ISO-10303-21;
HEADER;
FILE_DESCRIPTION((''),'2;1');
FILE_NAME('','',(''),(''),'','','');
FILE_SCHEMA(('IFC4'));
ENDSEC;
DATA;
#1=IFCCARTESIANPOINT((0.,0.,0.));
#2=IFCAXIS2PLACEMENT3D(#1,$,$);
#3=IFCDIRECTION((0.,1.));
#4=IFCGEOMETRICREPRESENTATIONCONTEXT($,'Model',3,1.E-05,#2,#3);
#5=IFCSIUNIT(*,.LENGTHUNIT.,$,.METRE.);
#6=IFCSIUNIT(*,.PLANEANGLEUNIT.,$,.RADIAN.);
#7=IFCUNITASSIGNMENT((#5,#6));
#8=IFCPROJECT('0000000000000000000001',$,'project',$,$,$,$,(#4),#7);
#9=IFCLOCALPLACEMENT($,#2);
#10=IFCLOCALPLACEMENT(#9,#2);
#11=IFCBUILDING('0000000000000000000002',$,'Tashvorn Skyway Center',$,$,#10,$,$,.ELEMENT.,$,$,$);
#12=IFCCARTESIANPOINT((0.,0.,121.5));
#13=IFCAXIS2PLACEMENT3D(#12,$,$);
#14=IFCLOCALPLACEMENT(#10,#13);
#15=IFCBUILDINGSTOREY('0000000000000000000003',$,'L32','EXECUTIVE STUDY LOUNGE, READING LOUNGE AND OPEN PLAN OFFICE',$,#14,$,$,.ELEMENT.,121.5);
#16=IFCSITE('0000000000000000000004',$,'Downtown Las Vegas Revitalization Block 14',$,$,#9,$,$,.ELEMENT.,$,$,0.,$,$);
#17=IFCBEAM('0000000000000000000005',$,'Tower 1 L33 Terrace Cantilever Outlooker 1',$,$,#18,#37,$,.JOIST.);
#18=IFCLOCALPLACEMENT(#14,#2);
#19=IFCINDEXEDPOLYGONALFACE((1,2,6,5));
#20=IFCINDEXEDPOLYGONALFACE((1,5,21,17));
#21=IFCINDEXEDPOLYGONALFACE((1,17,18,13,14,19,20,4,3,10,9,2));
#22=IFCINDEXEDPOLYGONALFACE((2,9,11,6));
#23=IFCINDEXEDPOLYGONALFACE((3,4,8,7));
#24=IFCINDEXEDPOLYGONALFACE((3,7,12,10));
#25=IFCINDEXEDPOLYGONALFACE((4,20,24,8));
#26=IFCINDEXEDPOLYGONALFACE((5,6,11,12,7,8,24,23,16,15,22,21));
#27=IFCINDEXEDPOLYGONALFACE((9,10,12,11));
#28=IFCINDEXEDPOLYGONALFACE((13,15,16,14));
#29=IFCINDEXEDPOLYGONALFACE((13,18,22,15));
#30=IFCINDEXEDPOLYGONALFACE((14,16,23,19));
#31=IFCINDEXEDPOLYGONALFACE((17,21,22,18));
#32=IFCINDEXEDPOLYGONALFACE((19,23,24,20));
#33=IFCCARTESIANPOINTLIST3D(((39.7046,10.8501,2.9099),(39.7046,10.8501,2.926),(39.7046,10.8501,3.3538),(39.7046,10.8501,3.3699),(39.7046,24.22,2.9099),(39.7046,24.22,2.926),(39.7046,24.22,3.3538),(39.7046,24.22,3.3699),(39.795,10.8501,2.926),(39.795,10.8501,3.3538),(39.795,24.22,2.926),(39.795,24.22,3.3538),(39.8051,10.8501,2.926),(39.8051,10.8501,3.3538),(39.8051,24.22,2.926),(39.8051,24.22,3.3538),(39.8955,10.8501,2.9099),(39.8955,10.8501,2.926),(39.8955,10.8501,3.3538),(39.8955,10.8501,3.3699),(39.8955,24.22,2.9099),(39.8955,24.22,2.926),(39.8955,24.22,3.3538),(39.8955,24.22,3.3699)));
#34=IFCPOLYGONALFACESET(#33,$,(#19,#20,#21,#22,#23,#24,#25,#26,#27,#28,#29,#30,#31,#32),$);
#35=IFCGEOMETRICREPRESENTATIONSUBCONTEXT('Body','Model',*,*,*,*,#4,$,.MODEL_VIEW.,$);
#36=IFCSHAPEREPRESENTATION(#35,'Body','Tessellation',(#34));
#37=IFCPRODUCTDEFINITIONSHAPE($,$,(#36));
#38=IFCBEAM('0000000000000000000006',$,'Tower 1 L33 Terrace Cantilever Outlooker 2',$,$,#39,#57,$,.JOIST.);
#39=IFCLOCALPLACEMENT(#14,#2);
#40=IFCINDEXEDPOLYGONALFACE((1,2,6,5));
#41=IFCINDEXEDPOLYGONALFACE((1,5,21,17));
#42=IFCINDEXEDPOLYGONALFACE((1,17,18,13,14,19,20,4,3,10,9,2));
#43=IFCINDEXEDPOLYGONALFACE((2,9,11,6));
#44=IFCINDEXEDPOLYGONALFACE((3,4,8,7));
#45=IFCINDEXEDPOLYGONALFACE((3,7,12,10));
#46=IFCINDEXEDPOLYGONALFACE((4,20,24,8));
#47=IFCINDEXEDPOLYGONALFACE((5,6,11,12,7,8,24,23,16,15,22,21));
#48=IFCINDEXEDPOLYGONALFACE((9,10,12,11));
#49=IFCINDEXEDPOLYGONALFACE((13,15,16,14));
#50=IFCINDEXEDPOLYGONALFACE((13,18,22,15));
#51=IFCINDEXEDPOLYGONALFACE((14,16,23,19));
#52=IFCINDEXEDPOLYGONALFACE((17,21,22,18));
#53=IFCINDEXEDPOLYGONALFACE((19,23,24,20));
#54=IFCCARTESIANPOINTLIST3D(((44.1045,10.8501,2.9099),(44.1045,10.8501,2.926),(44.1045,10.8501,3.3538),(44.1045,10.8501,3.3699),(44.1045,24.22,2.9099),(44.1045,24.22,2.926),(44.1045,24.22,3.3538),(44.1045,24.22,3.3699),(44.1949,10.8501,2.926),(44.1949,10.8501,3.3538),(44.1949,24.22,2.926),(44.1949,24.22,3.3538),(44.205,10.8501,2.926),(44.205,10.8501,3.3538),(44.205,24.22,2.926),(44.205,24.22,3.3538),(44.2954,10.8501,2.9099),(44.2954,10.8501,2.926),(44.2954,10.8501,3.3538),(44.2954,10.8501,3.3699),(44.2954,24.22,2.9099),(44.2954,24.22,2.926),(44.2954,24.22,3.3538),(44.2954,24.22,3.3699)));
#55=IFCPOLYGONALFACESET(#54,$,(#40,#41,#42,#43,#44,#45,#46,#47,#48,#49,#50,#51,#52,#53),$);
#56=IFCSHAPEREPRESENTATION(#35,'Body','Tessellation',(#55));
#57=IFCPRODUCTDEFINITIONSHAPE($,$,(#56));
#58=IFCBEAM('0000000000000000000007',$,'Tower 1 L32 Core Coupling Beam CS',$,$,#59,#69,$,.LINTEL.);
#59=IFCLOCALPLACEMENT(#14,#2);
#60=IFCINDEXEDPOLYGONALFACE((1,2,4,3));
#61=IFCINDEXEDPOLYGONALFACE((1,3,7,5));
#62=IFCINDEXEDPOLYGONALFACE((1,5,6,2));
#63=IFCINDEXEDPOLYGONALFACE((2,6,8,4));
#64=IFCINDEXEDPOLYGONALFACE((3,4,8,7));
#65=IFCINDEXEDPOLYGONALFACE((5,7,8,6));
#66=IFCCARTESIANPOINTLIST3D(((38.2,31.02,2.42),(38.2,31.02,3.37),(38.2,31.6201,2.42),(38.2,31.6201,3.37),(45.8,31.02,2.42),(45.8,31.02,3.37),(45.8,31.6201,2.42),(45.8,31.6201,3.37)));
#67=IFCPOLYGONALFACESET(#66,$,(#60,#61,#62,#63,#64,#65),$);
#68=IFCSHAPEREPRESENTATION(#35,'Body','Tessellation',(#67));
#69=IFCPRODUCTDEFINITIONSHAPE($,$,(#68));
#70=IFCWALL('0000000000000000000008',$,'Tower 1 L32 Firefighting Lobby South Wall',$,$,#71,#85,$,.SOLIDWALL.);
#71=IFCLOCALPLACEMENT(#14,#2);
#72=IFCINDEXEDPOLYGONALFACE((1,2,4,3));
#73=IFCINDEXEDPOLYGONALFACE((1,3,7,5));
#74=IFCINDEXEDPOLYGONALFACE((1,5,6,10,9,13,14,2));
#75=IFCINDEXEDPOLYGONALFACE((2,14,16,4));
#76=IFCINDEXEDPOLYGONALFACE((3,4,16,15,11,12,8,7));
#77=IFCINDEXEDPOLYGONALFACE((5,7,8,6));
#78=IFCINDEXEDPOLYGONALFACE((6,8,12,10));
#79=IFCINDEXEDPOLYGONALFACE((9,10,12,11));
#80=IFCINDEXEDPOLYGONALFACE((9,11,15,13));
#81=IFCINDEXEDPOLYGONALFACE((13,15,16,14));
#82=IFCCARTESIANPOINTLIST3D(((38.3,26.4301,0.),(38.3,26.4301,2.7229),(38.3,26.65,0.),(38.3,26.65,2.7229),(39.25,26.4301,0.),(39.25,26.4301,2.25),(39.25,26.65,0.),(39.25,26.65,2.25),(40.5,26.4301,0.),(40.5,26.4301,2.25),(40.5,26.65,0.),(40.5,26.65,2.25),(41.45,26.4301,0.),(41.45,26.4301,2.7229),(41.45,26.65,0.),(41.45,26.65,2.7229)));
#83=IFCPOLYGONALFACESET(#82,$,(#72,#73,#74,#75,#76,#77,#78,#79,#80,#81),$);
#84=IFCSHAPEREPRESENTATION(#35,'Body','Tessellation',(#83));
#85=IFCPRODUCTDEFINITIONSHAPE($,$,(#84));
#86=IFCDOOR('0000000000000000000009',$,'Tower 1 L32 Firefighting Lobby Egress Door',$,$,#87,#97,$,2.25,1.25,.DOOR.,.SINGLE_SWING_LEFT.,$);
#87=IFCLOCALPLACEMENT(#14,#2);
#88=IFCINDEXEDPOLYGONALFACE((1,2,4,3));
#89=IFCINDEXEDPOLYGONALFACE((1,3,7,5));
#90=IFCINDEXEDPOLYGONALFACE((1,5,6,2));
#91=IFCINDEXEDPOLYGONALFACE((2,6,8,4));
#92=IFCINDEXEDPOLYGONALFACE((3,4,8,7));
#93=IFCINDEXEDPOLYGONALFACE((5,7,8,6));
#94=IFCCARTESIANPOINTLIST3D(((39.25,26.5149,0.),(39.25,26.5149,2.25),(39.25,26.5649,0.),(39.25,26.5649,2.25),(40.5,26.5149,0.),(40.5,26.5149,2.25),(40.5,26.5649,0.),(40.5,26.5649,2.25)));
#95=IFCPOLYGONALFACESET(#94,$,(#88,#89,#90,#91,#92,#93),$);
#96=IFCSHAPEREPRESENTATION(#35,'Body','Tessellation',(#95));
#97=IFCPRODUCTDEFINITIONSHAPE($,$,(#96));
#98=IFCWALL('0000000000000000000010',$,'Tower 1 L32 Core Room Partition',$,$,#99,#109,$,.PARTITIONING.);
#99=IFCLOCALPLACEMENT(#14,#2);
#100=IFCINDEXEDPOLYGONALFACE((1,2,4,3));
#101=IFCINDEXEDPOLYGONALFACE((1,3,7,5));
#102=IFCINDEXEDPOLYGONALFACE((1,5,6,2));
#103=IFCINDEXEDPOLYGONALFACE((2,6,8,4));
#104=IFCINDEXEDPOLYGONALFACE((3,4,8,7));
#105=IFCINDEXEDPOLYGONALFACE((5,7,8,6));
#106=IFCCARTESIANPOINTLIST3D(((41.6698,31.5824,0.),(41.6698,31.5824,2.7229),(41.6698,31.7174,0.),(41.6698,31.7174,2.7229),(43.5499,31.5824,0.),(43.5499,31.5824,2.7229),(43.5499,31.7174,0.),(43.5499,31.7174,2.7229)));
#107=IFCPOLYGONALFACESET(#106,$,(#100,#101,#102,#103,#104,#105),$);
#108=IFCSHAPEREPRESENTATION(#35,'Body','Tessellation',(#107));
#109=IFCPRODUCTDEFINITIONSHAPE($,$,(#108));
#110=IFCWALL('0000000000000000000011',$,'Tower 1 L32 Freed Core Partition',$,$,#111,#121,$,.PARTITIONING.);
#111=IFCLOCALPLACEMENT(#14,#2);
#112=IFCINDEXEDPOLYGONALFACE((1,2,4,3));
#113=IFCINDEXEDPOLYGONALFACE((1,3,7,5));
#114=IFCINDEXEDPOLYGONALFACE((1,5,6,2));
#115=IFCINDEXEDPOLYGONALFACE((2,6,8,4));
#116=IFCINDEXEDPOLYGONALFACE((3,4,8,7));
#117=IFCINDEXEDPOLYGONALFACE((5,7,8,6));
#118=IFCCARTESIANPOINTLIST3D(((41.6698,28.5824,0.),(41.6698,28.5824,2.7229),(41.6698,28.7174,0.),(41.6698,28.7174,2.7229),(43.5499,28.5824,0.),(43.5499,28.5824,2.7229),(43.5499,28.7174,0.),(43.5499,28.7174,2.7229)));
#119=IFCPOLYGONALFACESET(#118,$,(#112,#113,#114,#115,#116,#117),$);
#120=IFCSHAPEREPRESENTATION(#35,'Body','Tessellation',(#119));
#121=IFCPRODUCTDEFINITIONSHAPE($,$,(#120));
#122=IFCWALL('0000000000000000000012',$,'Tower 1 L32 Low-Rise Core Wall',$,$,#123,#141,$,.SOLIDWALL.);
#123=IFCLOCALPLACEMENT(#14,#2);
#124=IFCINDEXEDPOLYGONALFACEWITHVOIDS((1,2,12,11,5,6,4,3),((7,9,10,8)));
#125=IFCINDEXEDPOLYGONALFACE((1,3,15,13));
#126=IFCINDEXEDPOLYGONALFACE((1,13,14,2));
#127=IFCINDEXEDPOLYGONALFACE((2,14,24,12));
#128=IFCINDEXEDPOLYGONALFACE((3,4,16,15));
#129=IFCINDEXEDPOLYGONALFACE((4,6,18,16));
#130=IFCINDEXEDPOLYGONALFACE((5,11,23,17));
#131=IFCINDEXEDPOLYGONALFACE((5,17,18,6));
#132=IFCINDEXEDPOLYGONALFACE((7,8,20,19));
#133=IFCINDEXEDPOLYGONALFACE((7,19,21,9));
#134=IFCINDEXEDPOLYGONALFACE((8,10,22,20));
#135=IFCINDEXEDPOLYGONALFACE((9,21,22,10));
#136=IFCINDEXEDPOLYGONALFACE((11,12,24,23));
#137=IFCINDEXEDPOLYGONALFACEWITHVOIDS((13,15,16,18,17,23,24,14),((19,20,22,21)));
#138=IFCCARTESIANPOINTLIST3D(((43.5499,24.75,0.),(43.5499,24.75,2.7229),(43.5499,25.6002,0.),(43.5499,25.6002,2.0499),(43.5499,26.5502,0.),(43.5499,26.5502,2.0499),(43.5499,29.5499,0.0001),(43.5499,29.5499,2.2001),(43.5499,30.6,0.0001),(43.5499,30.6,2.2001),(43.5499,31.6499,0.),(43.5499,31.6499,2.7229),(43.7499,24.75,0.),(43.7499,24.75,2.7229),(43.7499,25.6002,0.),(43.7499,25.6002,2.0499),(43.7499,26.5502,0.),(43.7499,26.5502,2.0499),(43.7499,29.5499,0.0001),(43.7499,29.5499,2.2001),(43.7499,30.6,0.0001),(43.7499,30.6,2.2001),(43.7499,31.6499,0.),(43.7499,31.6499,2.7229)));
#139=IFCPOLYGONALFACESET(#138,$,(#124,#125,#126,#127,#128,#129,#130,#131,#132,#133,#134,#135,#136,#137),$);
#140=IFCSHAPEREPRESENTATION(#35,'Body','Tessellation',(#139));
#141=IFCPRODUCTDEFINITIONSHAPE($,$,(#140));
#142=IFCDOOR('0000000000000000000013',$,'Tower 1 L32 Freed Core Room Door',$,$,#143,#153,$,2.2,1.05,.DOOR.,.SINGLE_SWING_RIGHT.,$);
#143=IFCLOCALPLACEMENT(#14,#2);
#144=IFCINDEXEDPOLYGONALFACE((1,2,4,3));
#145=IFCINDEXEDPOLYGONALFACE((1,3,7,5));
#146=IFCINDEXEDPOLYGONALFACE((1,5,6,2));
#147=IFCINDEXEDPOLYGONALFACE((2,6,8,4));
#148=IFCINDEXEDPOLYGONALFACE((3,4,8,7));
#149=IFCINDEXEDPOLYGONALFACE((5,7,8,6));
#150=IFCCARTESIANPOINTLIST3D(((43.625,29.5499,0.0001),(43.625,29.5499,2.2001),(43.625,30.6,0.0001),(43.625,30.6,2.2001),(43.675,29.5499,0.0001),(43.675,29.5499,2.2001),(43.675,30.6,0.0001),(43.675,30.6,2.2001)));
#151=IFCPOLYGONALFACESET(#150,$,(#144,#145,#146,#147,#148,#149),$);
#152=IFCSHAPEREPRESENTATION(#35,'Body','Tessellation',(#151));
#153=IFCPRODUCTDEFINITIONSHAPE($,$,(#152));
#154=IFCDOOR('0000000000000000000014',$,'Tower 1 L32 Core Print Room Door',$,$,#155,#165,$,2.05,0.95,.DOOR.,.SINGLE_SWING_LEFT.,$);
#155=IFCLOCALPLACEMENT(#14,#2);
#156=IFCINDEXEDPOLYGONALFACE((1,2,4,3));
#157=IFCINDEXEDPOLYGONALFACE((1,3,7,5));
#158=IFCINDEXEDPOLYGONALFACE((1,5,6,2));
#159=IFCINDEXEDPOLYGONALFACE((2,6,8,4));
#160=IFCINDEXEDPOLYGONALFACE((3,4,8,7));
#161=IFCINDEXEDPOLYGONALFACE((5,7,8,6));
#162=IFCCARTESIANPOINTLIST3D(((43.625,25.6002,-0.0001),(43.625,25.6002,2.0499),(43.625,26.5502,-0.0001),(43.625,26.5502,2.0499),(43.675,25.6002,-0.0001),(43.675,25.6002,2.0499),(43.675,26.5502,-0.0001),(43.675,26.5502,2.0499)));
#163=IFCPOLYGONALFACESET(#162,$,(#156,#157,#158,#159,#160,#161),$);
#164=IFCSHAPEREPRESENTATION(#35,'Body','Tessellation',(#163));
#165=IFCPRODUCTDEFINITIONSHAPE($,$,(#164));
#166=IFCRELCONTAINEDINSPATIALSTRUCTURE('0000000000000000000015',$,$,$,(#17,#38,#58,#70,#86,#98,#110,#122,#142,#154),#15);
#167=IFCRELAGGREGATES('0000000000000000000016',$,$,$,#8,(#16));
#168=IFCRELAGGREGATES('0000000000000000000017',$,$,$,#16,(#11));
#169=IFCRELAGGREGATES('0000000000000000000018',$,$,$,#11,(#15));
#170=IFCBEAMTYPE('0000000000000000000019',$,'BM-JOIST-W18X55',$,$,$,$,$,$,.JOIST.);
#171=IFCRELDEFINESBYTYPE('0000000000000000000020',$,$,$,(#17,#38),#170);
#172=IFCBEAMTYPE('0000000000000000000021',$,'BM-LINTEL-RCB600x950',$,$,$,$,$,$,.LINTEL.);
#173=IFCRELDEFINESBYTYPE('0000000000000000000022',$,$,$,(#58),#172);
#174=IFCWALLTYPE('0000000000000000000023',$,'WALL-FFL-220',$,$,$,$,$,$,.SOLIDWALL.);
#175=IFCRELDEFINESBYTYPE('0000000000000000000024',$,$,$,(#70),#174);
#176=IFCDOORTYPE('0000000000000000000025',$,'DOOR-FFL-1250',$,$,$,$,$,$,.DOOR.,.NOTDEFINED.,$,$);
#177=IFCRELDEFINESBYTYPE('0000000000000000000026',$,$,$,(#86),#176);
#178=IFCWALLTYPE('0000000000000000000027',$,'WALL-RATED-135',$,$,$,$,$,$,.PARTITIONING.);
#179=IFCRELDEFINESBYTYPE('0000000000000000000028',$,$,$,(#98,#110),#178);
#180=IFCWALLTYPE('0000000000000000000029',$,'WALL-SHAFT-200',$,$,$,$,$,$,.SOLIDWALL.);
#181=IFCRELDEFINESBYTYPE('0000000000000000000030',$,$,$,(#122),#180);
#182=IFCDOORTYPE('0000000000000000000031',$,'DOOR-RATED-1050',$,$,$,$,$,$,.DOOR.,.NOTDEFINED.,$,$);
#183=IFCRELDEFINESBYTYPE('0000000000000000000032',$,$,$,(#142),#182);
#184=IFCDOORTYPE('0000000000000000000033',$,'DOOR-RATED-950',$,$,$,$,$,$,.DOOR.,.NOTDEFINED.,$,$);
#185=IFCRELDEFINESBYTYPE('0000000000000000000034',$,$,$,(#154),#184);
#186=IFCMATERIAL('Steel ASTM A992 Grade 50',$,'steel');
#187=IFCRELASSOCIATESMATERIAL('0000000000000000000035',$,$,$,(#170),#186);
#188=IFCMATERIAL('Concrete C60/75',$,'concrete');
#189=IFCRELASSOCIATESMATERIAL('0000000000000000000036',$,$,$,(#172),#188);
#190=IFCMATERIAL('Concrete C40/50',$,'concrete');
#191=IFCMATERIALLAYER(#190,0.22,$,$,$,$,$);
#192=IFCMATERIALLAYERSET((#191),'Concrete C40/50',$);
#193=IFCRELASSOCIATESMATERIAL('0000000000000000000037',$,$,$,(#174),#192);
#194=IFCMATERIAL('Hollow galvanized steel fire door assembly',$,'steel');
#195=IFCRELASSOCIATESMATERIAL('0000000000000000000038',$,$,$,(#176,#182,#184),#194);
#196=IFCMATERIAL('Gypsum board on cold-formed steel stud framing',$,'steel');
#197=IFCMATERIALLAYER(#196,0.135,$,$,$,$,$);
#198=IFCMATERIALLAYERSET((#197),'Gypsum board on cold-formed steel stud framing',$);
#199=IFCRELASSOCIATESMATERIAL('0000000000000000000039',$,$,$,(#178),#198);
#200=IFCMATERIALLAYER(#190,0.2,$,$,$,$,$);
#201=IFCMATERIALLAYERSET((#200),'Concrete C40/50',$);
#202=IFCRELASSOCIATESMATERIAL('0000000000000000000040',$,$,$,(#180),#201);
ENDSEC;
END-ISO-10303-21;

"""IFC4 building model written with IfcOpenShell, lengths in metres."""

from ifc_helpers import new_model, si_unit, direction, frame, frame_2d, origin, origin_2d, place, context, subcontext, project, spatial, rectangle, i_section, extrude, material, layer, layer_set, material_profile, profile_set, type_object, element, fill, save


model = new_model("IFC4")

# Units and contexts
model_context = context("Model", 3, precision=1e-05, world=origin(), true_north=direction((0.0, 1.0)))
body_context = subcontext(model_context, "Body", "Model", "MODEL_VIEW")
ifc_project = project(units=[si_unit("LENGTHUNIT", "METRE"), si_unit("PLANEANGLEUNIT", "RADIAN")], contexts=[model_context])

# Site, building, storey
site_placement = place(None, origin())
site = spatial("IfcSite", under=ifc_project, at=site_placement, Name="Downtown Las Vegas Revitalization Block 14", CompositionType="ELEMENT", RefElevation=0.0)
building_placement = place(site_placement, origin())
building = spatial("IfcBuilding", under=site, at=building_placement, Name="Tashvorn Skyway Center", CompositionType="ELEMENT")
storey_placement = place(building_placement, frame((0.0, 0.0, 121.5)))
storey = spatial("IfcBuildingStorey", under=building, at=storey_placement, Name="L32", Description="EXECUTIVE STUDY LOUNGE, READING LOUNGE AND OPEN PLAN OFFICE", CompositionType="ELEMENT", Elevation=121.5)

# Beams
ifc_material_1 = material(Name="Steel ASTM A992 Grade 50", Category="steel")
ifc_material_profile_1 = material_profile(ifc_material_1, i_section(OverallWidth=0.1909, OverallDepth=0.46, WebThickness=0.01, FlangeThickness=0.0161, at=origin_2d()), Name="W18X55")
ifc_profile_set_1 = profile_set([ifc_material_profile_1], Name="Steel ASTM A992 Grade 50")
beam_type_1 = type_object("IfcBeamType", Name="BM-JOIST-W18X55", PredefinedType="JOIST", material=ifc_profile_set_1)
for number, where, z_axis, x_axis, name in (
    (1, (39.8, 24.22, 3.1399), (0.0, -1.0, 0.0), (1.0, 0.0, 0.0), "Tower 1 L33 Terrace Cantilever Outlooker 1"),
    (2, (44.2, 24.22, 3.1399), (0.0, -1.0, 0.0), (1.0, 0.0, 0.0), "Tower 1 L33 Terrace Cantilever Outlooker 2"),
):
    element("IfcBeam", number, at=place(storey_placement, frame(where, z_axis=z_axis, x_axis=x_axis)), inside=storey, type_object=beam_type_1, Name=name, PredefinedType="JOIST", context=body_context, shape_type="SweptSolid", body=[
        extrude(i_section(OverallWidth=0.1909, OverallDepth=0.46, WebThickness=0.01, FlangeThickness=0.0161, at=origin_2d()), origin(), (0.0, 0.0, 1.0), 13.3699),
    ])
ifc_material_2 = material(Name="Concrete C60/75", Category="concrete")
ifc_material_profile_2 = material_profile(ifc_material_2, rectangle(XDim=0.6001, YDim=0.95, at=origin_2d()), Name="RCB600x950")
ifc_profile_set_2 = profile_set([ifc_material_profile_2], Name="Concrete C60/75")
beam_type_2 = type_object("IfcBeamType", Name="BM-LINTEL-RCB600x950", PredefinedType="LINTEL", material=ifc_profile_set_2)
beam_placement = place(storey_placement, frame((38.2, 31.3201, 2.895), z_axis=(1.0, 0.0, 0.0), x_axis=(0.0, 1.0, 0.0)))
element("IfcBeam", 3, at=beam_placement, inside=storey, type_object=beam_type_2, Name="Tower 1 L32 Core Coupling Beam CS", PredefinedType="LINTEL", context=body_context, shape_type="SweptSolid", body=[
    extrude(rectangle(XDim=0.6001, YDim=0.95, at=origin_2d()), origin(), (0.0, 0.0, 1.0), 7.6001),
])

# Wall, opening, door
ifc_material_3 = material(Name="Concrete C40/50", Category="concrete")
ifc_layer_1 = layer(ifc_material_3, 0.22)
ifc_layer_set_1 = layer_set([ifc_layer_1], Name="Concrete C40/50")
wall_type_1 = type_object("IfcWallType", Name="WALL-FFL-220", PredefinedType="SOLIDWALL", material=ifc_layer_set_1)
wall_1_placement = place(storey_placement, frame((38.3, 26.54, 0.0), z_axis=(0.0, 0.0, 1.0), x_axis=(1.0, 0.0, 0.0)))
wall_1 = element("IfcWall", 4, at=wall_1_placement, inside=storey, type_object=wall_type_1, Name="Tower 1 L32 Firefighting Lobby South Wall", PredefinedType="SOLIDWALL", context=body_context, shape_type="SweptSolid", body=[
    extrude(rectangle(XDim=3.1499, YDim=0.22, at=frame_2d((1.575, 0.0))), origin(), (0.0, 0.0, 1.0), 2.7229),
])
opening_1_placement = place(wall_1_placement, frame((0.95, 0.0, 0.0)))
opening_1 = element("IfcOpeningElement", 5, at=opening_1_placement, cuts=wall_1, PredefinedType="OPENING", context=body_context, shape_type="SweptSolid", body=[
    extrude(rectangle(XDim=1.25, YDim=2.25, at=frame_2d((0.625, 1.125))), frame((0.0, 0.1199, 0.0), z_axis=(0.0, -1.0, 0.0), x_axis=(1.0, 0.0, 0.0)), (0.0, 0.0, 1.0), 0.24),
])
ifc_material_4 = material(Name="Hollow galvanized steel fire door assembly", Category="steel")
door_type_1 = type_object("IfcDoorType", Name="DOOR-FFL-1250", OperationType="NOTDEFINED", PredefinedType="DOOR", material=ifc_material_4)
door_1_placement = place(opening_1_placement, origin())
door_1 = element("IfcDoor", 6, at=door_1_placement, inside=storey, type_object=door_type_1, Name="Tower 1 L32 Firefighting Lobby Egress Door", OperationType="SINGLE_SWING_LEFT", OverallHeight=2.25, OverallWidth=1.25, PredefinedType="DOOR", context=body_context, shape_type="SweptSolid", body=[
    extrude(rectangle(XDim=1.25, YDim=2.25, at=frame_2d((0.625, 1.125))), frame((0.0, 0.0249, 0.0), z_axis=(0.0, -1.0, 0.0), x_axis=(1.0, 0.0, 0.0)), (0.0, 0.0, 1.0), 0.05),
])
fill(opening_1, door_1)

# Walls
ifc_material_5 = material(Name="Gypsum board on cold-formed steel stud framing", Category="steel")
ifc_layer_2 = layer(ifc_material_5, 0.135)
ifc_layer_set_2 = layer_set([ifc_layer_2], Name="Gypsum board on cold-formed steel stud framing")
wall_type_2 = type_object("IfcWallType", Name="WALL-RATED-135", PredefinedType="PARTITIONING", material=ifc_layer_set_2)
for number, where, z_axis, x_axis, name in (
    (7, (41.6699, 31.6499, 0.0), (0.0, 0.0, 1.0), (1.0, 0.0, 0.0), "Tower 1 L32 Core Room Partition"),
    (8, (41.6699, 28.6499, 0.0), (0.0, 0.0, 1.0), (1.0, 0.0, 0.0), "Tower 1 L32 Freed Core Partition"),
):
    element("IfcWall", number, at=place(storey_placement, frame(where, z_axis=z_axis, x_axis=x_axis)), inside=storey, type_object=wall_type_2, Name=name, PredefinedType="PARTITIONING", context=body_context, shape_type="SweptSolid", body=[
        extrude(rectangle(XDim=1.8801, YDim=0.135, at=frame_2d((0.9399, 0.0))), origin(), (0.0, 0.0, 1.0), 2.7229),
    ])

# Wall, openings, doors
ifc_layer_3 = layer(ifc_material_3, 0.2)
ifc_layer_set_3 = layer_set([ifc_layer_3], Name="Concrete C40/50")
wall_type_3 = type_object("IfcWallType", Name="WALL-SHAFT-200", PredefinedType="SOLIDWALL", material=ifc_layer_set_3)
wall_2_placement = place(storey_placement, frame((43.6499, 24.75, 0.0), z_axis=(0.0, 0.0, 1.0), x_axis=(0.0, 1.0, 0.0)))
wall_2 = element("IfcWall", 9, at=wall_2_placement, inside=storey, type_object=wall_type_3, Name="Tower 1 L32 Low-Rise Core Wall", PredefinedType="SOLIDWALL", context=body_context, shape_type="SweptSolid", body=[
    extrude(rectangle(XDim=6.8999, YDim=0.2, at=frame_2d((3.45, 0.0))), origin(), (0.0, 0.0, 1.0), 2.7229),
])
opening_2_placement = place(wall_2_placement, frame((0.8501, 0.0, 0.0)))
opening_2 = element("IfcOpeningElement", 10, at=opening_2_placement, cuts=wall_2, PredefinedType="OPENING", context=body_context, shape_type="SweptSolid", body=[
    extrude(rectangle(XDim=0.95, YDim=2.05, at=frame_2d((0.4751, 1.0249))), frame((0.0, 0.1099, 0.0), z_axis=(0.0, -1.0, 0.0), x_axis=(1.0, 0.0, 0.0)), (0.0, 0.0, 1.0), 0.22),
])
opening_3_placement = place(wall_2_placement, frame((4.8, 0.0, 0.0)))
opening_3 = element("IfcOpeningElement", 11, at=opening_3_placement, cuts=wall_2, PredefinedType="OPENING", context=body_context, shape_type="SweptSolid", body=[
    extrude(rectangle(XDim=1.05, YDim=2.2, at=frame_2d((0.5249, 1.1001))), frame((0.0, 0.1099, 0.0), z_axis=(0.0, -1.0, 0.0), x_axis=(1.0, 0.0, 0.0)), (0.0, 0.0, 1.0), 0.22),
])
door_type_2 = type_object("IfcDoorType", Name="DOOR-RATED-1050", OperationType="NOTDEFINED", PredefinedType="DOOR", material=ifc_material_4)
door_2_placement = place(opening_3_placement, origin())
door_2 = element("IfcDoor", 12, at=door_2_placement, inside=storey, type_object=door_type_2, Name="Tower 1 L32 Freed Core Room Door", OperationType="SINGLE_SWING_RIGHT", OverallHeight=2.2, OverallWidth=1.05, PredefinedType="DOOR", context=body_context, shape_type="SweptSolid", body=[
    extrude(rectangle(XDim=1.05, YDim=2.2, at=frame_2d((0.5249, 1.1001))), frame((0.0, 0.0249, 0.0), z_axis=(0.0, -1.0, 0.0), x_axis=(1.0, 0.0, 0.0)), (0.0, 0.0, 1.0), 0.05),
])
fill(opening_3, door_2)
door_type_3 = type_object("IfcDoorType", Name="DOOR-RATED-950", OperationType="NOTDEFINED", PredefinedType="DOOR", material=ifc_material_4)
door_3_placement = place(opening_2_placement, origin())
door_3 = element("IfcDoor", 13, at=door_3_placement, inside=storey, type_object=door_type_3, Name="Tower 1 L32 Core Print Room Door", OperationType="SINGLE_SWING_LEFT", OverallHeight=2.05, OverallWidth=0.95, PredefinedType="DOOR", context=body_context, shape_type="SweptSolid", body=[
    extrude(rectangle(XDim=0.95, YDim=2.05, at=frame_2d((0.4751, 1.0249))), frame((0.0, 0.0249, 0.0), z_axis=(0.0, -1.0, 0.0), x_axis=(1.0, 0.0, 0.0)), (0.0, 0.0, 1.0), 0.05),
])
fill(opening_2, door_3)

save(model, "model.ifc")
